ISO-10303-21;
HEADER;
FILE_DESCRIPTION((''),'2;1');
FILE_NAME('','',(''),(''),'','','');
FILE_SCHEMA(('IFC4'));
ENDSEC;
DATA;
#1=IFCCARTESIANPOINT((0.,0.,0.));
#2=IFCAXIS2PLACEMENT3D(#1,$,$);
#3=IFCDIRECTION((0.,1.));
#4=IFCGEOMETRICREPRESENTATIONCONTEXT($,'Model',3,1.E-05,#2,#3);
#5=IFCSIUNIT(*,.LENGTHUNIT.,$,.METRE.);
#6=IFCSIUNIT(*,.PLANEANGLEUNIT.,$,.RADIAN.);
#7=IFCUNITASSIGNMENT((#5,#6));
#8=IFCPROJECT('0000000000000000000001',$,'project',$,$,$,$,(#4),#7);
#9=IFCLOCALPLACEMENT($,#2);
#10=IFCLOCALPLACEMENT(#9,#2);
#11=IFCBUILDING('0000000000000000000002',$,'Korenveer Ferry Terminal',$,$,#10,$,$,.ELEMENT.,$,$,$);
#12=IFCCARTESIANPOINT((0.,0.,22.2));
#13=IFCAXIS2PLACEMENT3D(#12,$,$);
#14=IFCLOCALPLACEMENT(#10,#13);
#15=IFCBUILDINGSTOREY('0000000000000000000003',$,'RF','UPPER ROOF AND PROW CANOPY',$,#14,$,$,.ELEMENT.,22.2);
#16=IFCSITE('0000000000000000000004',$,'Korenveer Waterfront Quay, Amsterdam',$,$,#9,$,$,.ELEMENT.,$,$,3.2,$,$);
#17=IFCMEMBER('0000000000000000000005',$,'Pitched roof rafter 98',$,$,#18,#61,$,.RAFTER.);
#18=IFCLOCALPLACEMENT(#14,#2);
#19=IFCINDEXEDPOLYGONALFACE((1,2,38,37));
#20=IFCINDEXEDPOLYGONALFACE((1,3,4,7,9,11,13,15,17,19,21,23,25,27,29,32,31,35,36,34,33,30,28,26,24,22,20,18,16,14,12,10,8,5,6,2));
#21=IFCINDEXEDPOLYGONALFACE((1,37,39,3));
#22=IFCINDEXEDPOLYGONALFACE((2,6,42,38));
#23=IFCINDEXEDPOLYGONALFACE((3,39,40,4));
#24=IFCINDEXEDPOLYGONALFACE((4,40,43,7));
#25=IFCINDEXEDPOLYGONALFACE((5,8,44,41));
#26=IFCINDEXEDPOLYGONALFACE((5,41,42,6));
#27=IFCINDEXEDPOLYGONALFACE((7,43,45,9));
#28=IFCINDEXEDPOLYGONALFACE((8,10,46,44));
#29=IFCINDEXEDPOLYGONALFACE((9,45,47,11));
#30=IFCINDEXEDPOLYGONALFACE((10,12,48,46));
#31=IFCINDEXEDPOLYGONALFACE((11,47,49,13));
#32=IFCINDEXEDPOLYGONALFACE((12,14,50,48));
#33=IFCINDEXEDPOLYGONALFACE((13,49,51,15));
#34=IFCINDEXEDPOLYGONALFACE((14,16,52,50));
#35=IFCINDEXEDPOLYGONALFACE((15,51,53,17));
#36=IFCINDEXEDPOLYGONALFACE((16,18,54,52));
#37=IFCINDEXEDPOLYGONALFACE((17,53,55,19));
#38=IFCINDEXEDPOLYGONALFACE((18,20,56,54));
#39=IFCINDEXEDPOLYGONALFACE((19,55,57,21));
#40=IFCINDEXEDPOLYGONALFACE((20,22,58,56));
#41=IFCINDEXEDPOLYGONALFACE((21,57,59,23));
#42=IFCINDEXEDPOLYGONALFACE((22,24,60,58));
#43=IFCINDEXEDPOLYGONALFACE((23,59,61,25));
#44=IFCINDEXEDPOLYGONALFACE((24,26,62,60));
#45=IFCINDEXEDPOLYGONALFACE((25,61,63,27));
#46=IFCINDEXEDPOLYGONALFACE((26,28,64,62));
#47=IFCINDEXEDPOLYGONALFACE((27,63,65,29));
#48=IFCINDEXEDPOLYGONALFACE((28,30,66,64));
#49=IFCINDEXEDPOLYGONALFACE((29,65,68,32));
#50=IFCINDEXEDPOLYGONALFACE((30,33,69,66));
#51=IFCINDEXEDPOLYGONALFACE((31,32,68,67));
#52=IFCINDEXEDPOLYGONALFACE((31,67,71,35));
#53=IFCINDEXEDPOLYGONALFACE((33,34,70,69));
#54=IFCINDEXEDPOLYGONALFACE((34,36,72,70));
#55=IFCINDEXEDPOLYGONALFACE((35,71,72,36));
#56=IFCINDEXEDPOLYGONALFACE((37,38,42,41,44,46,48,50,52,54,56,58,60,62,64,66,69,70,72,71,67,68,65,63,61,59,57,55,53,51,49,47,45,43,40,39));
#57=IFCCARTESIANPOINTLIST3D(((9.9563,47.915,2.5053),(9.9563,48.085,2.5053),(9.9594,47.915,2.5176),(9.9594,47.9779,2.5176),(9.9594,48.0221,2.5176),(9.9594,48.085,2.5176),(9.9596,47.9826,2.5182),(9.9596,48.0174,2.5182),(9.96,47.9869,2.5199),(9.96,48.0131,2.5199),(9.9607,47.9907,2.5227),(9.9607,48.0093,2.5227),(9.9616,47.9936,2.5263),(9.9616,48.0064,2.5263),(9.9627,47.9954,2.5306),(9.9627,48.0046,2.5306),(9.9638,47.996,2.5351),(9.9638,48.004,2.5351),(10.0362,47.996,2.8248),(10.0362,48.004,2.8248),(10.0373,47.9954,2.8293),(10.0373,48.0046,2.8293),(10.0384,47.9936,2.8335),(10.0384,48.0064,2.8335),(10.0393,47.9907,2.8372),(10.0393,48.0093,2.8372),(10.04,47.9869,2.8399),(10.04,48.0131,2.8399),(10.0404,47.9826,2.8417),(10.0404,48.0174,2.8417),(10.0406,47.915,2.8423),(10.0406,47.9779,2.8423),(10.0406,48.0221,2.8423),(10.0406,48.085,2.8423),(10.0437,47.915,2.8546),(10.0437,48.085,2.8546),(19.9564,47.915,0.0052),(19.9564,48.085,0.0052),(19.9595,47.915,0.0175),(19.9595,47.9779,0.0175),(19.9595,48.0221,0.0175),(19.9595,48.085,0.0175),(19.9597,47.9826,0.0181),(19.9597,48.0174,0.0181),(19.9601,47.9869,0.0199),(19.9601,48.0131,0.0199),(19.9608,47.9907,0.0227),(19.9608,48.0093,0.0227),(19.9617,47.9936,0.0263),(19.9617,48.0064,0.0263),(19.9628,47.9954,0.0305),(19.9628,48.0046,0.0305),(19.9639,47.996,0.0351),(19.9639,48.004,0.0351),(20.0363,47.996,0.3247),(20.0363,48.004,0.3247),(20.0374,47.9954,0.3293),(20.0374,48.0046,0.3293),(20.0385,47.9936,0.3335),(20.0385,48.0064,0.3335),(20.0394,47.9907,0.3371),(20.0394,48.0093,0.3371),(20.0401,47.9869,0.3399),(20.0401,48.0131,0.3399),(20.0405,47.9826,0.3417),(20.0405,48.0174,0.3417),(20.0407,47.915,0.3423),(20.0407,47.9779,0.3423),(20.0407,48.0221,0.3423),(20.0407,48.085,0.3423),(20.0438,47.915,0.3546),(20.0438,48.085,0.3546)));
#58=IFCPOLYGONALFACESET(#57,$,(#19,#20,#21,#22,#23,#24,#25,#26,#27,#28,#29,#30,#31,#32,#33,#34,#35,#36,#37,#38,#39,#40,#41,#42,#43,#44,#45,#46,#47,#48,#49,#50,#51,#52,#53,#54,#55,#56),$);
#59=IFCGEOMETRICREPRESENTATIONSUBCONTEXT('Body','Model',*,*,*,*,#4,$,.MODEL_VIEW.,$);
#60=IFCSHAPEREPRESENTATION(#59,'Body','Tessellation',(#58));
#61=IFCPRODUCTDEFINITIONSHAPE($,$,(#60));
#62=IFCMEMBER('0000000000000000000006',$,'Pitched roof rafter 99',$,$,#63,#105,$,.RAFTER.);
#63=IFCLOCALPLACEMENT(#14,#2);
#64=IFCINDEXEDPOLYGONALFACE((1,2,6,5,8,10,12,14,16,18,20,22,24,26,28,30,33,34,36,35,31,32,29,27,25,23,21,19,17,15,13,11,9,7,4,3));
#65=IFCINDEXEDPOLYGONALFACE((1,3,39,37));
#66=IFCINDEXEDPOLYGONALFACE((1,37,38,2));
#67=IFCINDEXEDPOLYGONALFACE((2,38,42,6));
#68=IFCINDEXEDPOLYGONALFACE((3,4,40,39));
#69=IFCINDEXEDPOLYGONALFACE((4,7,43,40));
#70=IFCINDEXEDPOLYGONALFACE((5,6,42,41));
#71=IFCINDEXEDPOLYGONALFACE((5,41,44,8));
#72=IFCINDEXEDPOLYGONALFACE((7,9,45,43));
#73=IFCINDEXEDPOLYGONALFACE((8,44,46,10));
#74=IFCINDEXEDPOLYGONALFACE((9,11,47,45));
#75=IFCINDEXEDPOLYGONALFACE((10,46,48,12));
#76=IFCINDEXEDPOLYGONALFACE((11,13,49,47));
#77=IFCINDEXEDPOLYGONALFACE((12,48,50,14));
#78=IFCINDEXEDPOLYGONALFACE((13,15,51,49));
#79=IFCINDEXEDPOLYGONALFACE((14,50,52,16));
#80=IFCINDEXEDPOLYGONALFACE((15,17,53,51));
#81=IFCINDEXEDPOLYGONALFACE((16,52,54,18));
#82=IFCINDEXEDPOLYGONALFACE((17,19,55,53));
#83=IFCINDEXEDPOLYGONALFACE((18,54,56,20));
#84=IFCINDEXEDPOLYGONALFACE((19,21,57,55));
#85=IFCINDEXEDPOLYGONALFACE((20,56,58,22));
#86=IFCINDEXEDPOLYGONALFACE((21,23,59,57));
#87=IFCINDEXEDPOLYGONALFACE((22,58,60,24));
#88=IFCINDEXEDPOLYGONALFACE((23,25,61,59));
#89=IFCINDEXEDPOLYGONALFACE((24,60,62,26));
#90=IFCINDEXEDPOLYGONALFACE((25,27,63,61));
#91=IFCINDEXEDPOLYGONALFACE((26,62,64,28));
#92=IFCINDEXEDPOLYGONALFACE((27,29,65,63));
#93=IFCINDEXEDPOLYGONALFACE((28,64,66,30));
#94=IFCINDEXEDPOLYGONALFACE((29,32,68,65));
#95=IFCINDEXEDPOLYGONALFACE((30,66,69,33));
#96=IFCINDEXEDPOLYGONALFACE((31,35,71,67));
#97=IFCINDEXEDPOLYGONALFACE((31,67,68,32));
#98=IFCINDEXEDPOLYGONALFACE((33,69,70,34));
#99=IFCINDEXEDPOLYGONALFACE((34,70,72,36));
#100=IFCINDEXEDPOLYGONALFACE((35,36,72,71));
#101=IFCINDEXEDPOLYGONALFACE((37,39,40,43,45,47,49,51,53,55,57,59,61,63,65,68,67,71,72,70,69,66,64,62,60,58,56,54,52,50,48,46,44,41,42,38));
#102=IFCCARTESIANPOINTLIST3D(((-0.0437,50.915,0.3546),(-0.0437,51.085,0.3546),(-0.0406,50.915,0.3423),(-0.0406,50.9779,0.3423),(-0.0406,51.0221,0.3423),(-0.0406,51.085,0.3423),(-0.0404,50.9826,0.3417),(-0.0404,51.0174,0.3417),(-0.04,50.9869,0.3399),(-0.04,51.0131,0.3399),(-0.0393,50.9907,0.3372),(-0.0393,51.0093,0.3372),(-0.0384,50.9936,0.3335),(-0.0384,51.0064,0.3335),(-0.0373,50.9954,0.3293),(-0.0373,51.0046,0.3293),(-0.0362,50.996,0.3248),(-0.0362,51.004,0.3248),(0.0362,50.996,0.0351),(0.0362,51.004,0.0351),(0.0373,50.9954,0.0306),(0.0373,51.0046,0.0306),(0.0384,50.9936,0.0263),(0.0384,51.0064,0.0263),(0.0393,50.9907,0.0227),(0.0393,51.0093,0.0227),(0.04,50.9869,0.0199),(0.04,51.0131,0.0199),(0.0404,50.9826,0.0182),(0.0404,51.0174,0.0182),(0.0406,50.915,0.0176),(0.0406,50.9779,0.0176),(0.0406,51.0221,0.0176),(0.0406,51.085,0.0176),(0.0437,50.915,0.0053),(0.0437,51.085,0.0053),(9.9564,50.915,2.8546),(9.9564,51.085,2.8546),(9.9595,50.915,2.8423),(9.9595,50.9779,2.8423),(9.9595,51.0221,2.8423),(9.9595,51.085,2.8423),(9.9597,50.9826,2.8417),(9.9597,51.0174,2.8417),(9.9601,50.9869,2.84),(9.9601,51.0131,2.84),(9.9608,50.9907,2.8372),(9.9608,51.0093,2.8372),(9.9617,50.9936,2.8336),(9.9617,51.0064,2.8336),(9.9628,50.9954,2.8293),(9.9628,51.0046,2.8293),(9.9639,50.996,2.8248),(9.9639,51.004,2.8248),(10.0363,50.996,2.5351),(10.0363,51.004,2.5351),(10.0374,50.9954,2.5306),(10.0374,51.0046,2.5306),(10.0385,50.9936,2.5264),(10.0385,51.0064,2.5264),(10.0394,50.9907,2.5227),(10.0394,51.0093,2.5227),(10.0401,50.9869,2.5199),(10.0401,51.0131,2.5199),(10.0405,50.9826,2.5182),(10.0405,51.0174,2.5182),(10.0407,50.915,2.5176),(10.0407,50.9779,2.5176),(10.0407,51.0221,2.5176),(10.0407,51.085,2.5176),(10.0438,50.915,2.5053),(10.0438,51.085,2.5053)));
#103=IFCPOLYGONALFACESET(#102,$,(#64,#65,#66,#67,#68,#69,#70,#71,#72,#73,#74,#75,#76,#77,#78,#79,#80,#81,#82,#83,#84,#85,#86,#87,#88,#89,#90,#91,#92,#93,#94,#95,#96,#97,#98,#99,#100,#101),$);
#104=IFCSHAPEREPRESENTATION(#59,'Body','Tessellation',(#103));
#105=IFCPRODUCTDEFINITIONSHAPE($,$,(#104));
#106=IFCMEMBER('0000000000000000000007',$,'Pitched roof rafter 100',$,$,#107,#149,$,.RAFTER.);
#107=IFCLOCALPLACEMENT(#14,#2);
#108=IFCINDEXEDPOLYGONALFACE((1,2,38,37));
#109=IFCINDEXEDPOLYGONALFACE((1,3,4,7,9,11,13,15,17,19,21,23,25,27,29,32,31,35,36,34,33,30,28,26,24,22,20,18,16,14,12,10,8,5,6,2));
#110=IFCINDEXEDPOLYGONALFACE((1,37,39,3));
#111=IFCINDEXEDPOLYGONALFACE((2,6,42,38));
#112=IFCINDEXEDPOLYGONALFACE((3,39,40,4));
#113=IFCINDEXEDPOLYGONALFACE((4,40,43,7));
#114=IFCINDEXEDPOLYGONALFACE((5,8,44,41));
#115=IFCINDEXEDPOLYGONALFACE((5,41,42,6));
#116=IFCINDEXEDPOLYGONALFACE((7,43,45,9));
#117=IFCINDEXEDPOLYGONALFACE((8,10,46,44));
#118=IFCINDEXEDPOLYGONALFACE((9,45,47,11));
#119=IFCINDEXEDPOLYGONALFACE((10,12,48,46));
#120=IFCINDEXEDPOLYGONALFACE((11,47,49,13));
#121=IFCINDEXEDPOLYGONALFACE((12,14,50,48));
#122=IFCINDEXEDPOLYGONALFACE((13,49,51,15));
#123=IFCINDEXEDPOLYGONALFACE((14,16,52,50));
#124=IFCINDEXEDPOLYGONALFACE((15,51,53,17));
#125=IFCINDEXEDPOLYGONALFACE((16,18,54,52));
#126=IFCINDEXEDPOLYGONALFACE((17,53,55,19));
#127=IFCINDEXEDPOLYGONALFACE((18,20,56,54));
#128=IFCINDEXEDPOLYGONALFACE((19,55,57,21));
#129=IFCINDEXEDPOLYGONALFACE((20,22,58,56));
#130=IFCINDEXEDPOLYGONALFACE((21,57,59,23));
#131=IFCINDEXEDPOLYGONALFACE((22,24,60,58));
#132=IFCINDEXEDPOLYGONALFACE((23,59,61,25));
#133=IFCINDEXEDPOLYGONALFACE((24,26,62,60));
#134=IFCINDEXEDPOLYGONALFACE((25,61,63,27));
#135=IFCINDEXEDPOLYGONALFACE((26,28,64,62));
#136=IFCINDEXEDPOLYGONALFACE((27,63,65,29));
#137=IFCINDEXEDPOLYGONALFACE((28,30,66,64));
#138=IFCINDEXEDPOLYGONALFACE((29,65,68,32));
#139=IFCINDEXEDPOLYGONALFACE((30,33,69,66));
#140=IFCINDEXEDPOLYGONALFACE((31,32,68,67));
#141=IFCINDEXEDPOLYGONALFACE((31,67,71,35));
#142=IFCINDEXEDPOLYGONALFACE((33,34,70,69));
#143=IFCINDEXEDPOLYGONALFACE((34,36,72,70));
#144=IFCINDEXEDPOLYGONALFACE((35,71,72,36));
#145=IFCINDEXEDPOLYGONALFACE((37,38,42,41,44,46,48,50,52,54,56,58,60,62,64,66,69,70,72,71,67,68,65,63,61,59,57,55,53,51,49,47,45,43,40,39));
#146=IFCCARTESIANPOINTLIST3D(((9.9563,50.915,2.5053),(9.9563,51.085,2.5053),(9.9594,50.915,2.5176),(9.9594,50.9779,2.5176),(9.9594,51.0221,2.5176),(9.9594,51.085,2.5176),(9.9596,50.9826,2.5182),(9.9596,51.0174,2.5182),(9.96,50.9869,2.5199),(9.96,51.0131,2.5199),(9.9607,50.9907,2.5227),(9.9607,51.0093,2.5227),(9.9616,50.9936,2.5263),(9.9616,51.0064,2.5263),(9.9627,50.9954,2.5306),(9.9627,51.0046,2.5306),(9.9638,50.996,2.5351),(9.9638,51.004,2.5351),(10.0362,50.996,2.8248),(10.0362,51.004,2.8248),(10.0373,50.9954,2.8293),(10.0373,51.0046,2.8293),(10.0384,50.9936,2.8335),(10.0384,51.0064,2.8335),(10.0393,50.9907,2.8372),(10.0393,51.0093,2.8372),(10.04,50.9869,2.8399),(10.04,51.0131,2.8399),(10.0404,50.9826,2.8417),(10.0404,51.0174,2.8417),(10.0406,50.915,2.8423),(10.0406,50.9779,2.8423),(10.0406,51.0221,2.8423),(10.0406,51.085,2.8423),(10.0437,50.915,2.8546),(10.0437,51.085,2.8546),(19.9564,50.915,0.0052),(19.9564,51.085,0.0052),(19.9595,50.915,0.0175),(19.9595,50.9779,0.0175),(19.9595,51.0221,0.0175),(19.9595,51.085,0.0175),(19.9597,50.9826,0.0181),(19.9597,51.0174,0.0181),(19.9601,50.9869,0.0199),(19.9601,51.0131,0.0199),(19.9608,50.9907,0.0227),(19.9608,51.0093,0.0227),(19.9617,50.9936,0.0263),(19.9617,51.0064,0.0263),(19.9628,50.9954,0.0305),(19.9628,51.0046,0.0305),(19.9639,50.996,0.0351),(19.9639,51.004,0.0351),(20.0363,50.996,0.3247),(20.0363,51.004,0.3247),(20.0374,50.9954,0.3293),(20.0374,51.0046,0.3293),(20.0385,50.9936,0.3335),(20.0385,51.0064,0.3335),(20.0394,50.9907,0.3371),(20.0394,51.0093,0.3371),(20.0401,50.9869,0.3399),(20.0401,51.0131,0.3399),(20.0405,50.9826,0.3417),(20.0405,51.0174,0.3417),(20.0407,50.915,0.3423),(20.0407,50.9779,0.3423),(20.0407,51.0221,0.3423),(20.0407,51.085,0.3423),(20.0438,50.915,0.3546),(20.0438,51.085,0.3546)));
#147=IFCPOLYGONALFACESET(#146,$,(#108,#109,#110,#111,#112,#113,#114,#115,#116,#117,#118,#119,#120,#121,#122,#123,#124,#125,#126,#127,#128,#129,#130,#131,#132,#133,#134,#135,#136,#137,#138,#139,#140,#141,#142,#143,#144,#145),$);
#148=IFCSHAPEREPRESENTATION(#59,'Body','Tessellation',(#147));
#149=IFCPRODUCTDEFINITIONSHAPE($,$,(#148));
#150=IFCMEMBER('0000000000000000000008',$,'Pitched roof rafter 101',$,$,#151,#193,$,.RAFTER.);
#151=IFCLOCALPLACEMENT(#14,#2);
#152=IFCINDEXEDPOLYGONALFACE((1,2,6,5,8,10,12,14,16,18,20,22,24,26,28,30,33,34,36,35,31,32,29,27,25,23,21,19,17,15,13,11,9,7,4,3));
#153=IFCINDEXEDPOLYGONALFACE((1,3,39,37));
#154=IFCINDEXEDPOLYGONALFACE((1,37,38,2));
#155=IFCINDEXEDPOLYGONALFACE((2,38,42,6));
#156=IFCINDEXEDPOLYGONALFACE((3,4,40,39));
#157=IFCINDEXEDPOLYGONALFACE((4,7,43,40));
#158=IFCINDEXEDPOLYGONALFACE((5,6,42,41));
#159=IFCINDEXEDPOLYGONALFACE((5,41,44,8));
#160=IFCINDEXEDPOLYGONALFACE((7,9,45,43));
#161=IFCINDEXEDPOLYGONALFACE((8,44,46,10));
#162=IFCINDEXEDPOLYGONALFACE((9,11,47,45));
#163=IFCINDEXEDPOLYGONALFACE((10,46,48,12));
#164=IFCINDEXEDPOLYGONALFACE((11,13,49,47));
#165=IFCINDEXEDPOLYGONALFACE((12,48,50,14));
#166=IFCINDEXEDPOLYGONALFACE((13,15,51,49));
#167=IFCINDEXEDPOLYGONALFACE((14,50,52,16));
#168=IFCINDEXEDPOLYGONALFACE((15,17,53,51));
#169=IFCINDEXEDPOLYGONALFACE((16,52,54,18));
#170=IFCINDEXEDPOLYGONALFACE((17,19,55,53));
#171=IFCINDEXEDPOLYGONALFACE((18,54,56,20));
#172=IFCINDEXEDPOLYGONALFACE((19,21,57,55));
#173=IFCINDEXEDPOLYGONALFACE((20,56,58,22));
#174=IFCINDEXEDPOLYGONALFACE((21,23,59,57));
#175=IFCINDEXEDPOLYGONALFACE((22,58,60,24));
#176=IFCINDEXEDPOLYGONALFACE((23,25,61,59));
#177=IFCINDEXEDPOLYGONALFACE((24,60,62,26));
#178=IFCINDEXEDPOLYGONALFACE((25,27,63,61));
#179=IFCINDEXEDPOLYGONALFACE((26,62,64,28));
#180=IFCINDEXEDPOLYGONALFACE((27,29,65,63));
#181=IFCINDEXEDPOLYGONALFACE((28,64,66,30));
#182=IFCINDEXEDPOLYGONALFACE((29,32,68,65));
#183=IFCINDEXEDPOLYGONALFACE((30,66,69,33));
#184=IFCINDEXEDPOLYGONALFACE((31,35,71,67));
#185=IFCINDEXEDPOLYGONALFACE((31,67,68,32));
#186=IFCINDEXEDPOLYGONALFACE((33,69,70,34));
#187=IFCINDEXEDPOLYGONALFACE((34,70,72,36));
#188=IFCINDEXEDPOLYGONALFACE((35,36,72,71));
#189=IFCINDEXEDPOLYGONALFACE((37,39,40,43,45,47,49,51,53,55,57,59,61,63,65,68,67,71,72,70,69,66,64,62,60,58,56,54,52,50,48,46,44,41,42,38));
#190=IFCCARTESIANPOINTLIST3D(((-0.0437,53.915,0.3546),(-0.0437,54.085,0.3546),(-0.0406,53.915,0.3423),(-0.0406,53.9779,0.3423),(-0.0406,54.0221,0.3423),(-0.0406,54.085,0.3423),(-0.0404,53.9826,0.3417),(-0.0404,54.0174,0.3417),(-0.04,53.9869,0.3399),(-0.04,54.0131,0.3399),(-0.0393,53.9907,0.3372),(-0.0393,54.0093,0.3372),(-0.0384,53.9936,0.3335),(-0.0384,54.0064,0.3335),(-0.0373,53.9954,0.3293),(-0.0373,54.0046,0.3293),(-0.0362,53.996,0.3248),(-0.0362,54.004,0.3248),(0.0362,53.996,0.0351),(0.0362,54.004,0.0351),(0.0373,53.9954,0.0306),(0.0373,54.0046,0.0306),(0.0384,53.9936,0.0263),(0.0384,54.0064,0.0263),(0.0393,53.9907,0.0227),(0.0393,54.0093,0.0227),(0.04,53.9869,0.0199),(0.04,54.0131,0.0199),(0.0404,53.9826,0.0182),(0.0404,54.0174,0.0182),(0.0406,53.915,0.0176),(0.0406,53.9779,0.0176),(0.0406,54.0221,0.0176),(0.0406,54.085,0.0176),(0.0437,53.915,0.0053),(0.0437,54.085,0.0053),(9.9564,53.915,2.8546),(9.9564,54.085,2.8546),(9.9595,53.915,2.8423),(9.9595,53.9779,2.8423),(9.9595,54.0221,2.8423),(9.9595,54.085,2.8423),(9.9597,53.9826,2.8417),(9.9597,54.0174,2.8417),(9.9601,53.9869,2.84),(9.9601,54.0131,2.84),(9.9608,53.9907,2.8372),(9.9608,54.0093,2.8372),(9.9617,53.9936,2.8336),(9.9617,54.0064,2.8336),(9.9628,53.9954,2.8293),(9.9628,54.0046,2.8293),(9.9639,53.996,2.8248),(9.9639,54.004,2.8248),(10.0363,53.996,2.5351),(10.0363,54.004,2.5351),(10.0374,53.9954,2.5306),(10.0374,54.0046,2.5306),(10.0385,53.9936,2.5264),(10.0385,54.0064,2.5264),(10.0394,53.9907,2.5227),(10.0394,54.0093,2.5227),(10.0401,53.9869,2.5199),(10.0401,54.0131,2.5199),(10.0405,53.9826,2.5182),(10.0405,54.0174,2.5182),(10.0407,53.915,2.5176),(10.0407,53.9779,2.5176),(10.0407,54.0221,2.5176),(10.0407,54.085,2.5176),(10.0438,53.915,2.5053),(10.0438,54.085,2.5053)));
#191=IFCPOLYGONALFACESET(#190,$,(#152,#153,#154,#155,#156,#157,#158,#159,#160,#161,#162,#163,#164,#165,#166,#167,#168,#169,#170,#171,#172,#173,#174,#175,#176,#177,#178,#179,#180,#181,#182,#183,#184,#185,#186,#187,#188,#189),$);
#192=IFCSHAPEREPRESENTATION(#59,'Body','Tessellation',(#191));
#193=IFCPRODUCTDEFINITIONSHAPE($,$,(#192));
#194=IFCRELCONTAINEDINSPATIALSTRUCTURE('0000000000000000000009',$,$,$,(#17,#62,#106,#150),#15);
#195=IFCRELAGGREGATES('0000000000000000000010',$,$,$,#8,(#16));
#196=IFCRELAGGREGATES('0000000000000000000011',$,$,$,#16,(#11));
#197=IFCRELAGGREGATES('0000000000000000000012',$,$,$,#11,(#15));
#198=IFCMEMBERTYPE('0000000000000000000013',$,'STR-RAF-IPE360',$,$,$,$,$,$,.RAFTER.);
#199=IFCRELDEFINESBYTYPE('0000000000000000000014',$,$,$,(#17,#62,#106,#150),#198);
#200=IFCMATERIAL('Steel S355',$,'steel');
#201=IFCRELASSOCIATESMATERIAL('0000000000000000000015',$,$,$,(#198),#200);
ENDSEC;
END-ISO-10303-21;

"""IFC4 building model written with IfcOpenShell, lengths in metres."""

from ifc_helpers import new_model, si_unit, direction, frame, origin, origin_2d, place, context, subcontext, project, spatial, i_section, extrude, material, material_profile, profile_set, type_object, element, save


model = new_model("IFC4")

# Units and contexts
model_context = context("Model", 3, precision=1e-05, world=origin(), true_north=direction((0.0, 1.0)))
body_context = subcontext(model_context, "Body", "Model", "MODEL_VIEW")
ifc_project = project(units=[si_unit("LENGTHUNIT", "METRE"), si_unit("PLANEANGLEUNIT", "RADIAN")], contexts=[model_context])

# Site, building, storey
site_placement = place(None, origin())
site = spatial("IfcSite", under=ifc_project, at=site_placement, Name="Korenveer Waterfront Quay, Amsterdam", CompositionType="ELEMENT", RefElevation=3.2)
building_placement = place(site_placement, origin())
building = spatial("IfcBuilding", under=site, at=building_placement, Name="Korenveer Ferry Terminal", CompositionType="ELEMENT")
storey_placement = place(building_placement, frame((0.0, 0.0, 22.2)))
storey = spatial("IfcBuildingStorey", under=building, at=storey_placement, Name="RF", Description="UPPER ROOF AND PROW CANOPY", CompositionType="ELEMENT", Elevation=22.2)

# Shared definitions
ifc_material_1 = material(Name="Steel S355", Category="steel")

# Members
ifc_material_profile_1 = material_profile(ifc_material_1, i_section(OverallWidth=0.1699, OverallDepth=0.3601, WebThickness=0.0081, FlangeThickness=0.0127, FilletRadius=0.0181, at=origin_2d()), Name="IPE 360")
ifc_profile_set_1 = profile_set([ifc_material_profile_1], Name="Steel S355")
member_type_1 = type_object("IfcMemberType", Name="STR-RAF-IPE360", PredefinedType="RAFTER", material=ifc_profile_set_1)
for number, where, z_axis, x_axis, name in (
    (1, (10.0, 48.0, 2.6799), (0.970143, 0.0, -0.242536), (0.0, 1.0, 0.0), "Pitched roof rafter 98"),
    (2, (0.0, 51.0, 0.1799), (0.970143, 0.0, 0.242536), (0.0, 1.0, 0.0), "Pitched roof rafter 99"),
    (3, (10.0, 51.0, 2.6799), (0.970143, 0.0, -0.242536), (0.0, 1.0, 0.0), "Pitched roof rafter 100"),
    (4, (0.0, 54.0, 0.1799), (0.970143, 0.0, 0.242536), (0.0, 1.0, 0.0), "Pitched roof rafter 101"),
):
    element("IfcMember", number, at=place(storey_placement, frame(where, z_axis=z_axis, x_axis=x_axis)), inside=storey, type_object=member_type_1, Name=name, PredefinedType="RAFTER", context=body_context, shape_type="SweptSolid", body=[
        extrude(i_section(OverallWidth=0.1699, OverallDepth=0.3601, WebThickness=0.0081, FlangeThickness=0.0127, FilletRadius=0.0181, at=origin_2d()), origin(), (0.0, 0.0, 1.0), 10.3079),
    ])

save(model, "model.ifc")
